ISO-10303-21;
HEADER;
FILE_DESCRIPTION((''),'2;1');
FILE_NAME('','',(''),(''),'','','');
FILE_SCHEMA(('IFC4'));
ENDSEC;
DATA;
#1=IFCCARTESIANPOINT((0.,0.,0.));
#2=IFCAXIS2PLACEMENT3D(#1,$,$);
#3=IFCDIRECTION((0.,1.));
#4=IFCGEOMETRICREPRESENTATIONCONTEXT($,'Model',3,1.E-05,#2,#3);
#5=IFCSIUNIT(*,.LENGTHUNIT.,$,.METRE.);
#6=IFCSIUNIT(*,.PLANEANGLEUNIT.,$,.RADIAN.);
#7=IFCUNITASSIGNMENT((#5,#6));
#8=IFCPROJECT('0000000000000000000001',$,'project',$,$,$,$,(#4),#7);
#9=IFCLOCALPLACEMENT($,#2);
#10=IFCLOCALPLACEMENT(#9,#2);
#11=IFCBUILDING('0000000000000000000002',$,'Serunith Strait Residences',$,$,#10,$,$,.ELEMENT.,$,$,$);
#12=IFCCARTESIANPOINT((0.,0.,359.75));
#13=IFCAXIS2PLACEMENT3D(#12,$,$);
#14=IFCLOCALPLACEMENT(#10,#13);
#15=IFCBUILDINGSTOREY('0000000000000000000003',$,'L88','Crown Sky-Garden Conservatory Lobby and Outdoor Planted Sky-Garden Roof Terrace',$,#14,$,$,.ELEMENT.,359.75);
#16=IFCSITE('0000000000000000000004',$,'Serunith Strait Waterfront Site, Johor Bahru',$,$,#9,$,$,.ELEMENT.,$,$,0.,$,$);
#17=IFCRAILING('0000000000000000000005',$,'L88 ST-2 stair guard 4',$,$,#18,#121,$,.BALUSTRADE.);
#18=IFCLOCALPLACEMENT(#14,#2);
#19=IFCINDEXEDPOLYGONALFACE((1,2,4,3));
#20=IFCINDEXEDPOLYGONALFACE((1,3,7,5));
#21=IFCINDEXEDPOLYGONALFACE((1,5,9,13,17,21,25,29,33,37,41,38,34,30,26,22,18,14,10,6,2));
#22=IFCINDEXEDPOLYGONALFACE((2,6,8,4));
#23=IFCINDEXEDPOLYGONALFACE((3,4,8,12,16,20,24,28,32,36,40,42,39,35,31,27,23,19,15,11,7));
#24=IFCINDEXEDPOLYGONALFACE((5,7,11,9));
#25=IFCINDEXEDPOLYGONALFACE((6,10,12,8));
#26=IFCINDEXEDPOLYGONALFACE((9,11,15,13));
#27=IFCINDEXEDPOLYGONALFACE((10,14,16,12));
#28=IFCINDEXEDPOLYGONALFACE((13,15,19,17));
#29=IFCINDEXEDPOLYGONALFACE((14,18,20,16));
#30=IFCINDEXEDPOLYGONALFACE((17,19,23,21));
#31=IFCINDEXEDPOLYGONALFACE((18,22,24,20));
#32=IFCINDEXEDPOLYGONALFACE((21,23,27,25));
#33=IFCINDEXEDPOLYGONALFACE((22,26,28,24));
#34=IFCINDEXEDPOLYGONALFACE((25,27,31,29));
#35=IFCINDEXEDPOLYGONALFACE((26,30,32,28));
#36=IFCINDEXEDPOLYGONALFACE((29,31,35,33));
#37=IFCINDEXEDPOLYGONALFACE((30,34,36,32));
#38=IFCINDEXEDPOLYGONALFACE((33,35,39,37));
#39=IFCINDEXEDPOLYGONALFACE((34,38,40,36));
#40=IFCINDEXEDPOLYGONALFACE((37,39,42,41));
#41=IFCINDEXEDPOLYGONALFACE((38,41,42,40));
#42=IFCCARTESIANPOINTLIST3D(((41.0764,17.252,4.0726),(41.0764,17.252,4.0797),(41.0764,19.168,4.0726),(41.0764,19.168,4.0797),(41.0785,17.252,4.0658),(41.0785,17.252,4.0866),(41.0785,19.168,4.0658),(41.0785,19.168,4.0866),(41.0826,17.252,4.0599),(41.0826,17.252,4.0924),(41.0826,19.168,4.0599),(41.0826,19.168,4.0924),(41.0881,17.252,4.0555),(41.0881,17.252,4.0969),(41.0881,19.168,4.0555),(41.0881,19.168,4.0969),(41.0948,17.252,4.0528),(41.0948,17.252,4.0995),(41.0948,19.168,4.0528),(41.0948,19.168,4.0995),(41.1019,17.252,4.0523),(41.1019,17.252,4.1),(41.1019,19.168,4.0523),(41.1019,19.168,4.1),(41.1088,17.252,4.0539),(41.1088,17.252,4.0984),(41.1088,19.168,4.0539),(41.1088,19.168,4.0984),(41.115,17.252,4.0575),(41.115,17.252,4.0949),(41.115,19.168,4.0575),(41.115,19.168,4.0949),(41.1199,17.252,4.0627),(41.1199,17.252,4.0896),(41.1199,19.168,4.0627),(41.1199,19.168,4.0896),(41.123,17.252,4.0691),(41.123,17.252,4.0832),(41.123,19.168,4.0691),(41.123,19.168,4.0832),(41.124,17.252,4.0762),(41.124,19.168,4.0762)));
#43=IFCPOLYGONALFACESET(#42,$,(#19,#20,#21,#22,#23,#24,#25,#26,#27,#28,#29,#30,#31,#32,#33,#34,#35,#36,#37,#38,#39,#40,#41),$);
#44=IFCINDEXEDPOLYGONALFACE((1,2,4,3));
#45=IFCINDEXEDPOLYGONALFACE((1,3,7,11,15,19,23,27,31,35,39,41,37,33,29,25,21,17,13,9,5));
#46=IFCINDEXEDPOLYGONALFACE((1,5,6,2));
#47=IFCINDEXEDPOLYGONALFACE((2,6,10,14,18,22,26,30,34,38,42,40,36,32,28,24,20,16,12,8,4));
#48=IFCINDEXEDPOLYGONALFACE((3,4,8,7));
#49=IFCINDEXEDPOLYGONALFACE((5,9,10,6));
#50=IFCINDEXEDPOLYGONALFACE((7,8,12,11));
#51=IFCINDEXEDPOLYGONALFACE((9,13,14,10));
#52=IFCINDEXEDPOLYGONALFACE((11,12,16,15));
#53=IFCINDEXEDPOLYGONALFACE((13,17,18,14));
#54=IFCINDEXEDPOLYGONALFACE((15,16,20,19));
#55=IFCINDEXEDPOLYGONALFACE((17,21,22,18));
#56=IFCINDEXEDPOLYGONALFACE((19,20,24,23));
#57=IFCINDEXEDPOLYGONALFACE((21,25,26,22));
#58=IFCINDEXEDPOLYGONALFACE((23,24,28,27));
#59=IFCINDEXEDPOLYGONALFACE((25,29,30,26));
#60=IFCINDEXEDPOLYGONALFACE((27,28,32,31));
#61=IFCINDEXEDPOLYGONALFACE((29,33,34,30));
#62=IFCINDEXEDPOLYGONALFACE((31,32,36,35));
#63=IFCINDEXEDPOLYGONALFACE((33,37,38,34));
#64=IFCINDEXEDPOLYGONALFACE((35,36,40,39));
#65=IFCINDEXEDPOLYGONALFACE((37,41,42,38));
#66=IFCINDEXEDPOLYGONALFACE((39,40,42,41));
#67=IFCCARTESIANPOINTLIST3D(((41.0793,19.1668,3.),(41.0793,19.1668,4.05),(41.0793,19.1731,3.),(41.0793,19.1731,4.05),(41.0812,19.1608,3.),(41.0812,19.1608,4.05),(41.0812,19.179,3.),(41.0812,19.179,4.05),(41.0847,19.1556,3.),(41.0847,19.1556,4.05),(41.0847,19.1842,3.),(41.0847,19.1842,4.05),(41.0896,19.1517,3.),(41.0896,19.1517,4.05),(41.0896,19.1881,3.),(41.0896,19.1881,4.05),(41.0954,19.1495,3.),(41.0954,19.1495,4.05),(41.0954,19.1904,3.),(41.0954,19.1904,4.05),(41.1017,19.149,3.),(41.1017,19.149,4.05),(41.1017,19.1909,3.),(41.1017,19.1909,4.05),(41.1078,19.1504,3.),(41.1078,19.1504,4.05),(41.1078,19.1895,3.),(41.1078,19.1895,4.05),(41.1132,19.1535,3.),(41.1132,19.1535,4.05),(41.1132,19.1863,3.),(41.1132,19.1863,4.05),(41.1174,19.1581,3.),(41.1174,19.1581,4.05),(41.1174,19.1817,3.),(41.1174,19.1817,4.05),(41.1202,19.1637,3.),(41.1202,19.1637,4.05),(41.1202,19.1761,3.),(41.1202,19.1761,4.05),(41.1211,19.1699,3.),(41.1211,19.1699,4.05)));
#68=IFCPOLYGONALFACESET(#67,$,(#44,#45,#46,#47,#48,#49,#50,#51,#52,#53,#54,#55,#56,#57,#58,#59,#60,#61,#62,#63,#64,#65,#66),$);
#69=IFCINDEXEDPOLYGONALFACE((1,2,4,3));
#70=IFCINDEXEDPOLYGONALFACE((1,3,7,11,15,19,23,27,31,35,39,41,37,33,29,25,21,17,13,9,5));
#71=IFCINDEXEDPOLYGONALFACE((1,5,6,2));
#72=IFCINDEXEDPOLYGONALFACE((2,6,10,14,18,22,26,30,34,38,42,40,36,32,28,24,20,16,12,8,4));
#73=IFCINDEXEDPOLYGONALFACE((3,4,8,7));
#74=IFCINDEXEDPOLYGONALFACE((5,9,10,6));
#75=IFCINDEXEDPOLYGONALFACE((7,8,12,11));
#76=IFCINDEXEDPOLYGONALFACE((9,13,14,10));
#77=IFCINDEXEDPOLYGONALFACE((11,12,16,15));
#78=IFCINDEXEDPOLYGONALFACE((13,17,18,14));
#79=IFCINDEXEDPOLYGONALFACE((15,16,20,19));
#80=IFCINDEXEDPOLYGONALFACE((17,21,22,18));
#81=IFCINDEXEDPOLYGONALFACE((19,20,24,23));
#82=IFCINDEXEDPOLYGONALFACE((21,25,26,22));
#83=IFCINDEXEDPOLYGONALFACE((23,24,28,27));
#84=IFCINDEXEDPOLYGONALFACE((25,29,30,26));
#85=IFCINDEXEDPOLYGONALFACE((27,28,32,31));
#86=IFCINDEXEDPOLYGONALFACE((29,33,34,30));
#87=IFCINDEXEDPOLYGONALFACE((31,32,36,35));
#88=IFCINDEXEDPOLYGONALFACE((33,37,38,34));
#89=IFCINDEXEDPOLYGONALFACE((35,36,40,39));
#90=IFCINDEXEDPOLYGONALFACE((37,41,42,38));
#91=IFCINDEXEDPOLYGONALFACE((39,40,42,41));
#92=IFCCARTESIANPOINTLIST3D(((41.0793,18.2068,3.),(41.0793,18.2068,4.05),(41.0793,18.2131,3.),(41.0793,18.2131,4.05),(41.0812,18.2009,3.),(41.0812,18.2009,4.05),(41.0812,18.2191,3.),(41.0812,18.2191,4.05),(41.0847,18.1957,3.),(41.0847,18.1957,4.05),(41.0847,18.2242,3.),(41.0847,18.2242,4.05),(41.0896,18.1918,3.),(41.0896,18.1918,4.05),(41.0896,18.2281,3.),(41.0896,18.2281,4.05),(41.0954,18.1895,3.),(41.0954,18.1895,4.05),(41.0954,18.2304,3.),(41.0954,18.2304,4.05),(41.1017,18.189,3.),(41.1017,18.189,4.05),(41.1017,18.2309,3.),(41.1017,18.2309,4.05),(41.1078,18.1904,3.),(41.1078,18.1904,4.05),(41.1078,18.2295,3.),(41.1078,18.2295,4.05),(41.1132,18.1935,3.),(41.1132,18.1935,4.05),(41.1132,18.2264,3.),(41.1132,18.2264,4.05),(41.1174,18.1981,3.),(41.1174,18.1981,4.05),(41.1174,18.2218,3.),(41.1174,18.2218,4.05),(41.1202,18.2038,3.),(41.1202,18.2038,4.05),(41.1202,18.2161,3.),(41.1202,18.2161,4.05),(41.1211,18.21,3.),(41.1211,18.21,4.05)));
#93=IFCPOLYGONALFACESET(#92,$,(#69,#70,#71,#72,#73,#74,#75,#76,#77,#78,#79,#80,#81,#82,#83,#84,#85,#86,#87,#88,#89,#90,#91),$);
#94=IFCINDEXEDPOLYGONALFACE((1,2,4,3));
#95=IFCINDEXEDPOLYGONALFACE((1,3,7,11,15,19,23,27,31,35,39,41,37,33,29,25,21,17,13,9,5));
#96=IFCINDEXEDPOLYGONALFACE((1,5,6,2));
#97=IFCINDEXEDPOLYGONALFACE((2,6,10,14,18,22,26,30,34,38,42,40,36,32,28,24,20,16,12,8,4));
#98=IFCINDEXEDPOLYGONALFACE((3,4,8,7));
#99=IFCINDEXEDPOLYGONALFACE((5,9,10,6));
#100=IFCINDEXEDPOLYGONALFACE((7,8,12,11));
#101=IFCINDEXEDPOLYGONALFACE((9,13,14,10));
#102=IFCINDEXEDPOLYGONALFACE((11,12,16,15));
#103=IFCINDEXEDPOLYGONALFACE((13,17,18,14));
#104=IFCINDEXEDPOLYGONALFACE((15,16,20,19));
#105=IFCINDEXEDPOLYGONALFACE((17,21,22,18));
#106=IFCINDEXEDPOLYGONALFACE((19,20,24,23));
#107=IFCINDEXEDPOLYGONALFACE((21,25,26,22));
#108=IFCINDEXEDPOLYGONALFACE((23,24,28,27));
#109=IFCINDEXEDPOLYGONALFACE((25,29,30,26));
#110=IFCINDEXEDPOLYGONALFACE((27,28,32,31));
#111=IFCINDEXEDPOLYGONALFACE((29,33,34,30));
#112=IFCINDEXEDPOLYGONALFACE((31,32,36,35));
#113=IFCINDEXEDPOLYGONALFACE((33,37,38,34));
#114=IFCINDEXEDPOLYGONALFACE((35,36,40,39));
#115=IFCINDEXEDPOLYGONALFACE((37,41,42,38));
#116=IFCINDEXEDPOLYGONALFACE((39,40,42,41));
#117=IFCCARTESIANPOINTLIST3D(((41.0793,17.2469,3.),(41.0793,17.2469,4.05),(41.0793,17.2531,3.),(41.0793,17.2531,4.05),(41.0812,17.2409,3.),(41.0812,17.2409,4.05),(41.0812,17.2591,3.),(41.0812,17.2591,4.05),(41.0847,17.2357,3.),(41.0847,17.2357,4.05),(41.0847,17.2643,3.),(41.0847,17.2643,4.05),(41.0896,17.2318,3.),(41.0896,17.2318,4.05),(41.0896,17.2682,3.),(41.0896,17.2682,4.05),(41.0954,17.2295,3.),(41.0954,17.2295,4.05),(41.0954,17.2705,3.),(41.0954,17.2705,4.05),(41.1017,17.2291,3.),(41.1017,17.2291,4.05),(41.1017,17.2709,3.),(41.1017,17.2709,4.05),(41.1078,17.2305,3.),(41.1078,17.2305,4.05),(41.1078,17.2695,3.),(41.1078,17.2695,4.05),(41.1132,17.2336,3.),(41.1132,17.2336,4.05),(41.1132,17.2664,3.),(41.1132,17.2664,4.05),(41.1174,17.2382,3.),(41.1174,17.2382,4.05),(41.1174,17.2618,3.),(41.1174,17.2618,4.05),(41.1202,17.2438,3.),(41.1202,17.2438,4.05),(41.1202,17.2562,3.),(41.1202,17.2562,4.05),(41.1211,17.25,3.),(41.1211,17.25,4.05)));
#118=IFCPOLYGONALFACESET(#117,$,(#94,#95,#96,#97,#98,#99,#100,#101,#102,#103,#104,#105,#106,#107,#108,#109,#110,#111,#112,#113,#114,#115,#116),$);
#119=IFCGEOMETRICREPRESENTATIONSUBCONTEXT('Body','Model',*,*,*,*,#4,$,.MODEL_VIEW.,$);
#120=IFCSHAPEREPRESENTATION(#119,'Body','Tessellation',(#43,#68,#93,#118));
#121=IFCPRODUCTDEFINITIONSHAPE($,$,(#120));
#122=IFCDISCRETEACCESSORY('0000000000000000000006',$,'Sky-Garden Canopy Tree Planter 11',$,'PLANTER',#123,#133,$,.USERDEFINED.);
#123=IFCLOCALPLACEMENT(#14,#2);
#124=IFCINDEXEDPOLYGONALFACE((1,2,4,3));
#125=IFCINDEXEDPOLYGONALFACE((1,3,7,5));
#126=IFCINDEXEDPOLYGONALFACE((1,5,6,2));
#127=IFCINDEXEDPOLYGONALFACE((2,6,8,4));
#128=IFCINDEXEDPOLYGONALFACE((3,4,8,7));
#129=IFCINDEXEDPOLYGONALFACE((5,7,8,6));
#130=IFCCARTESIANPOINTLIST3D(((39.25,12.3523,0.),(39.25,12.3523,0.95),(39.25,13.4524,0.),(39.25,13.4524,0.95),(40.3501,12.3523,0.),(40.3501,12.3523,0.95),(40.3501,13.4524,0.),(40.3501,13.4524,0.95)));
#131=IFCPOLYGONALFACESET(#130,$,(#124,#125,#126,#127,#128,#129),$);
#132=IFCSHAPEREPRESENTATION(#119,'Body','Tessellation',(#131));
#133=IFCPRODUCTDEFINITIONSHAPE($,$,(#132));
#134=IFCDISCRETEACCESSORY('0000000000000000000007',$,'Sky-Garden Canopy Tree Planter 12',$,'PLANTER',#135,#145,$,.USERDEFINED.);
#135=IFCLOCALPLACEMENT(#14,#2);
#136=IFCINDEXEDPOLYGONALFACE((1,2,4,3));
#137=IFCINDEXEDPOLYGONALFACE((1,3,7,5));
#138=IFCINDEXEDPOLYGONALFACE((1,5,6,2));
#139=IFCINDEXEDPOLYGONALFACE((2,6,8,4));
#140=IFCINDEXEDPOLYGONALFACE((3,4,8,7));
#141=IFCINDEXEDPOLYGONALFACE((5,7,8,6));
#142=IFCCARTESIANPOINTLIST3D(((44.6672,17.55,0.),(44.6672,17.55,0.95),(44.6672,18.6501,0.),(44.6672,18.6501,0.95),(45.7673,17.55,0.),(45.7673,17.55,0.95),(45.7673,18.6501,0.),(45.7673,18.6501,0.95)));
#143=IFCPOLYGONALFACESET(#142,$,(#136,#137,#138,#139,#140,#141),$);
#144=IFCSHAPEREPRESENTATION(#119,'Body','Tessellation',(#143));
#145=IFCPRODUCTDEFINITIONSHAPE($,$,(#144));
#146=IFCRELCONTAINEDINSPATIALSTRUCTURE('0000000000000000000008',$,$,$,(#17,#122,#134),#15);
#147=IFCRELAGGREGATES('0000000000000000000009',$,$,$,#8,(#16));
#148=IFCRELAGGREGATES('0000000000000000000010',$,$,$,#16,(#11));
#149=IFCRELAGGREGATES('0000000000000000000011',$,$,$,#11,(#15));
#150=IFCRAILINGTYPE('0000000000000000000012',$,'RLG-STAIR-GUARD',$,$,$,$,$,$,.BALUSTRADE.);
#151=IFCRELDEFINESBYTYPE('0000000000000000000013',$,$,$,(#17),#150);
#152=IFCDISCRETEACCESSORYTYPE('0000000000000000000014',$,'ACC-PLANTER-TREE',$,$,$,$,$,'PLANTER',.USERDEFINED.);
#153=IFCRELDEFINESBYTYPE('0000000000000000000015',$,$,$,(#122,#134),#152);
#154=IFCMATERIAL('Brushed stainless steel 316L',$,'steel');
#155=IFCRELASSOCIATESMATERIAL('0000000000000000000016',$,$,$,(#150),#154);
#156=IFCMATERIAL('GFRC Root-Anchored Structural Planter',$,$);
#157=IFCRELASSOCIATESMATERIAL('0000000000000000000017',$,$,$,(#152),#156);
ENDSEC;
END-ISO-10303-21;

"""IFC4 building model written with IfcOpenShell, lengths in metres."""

from ifc_helpers import new_model, si_unit, direction, frame, origin, origin_2d, place, context, subcontext, project, spatial, rectangle, circle, extrude, source, transform, mapped, material, type_object, element, save


model = new_model("IFC4")

# Units and contexts
model_context = context("Model", 3, precision=1e-05, world=origin(), true_north=direction((0.0, 1.0)))
body_context = subcontext(model_context, "Body", "Model", "MODEL_VIEW")
ifc_project = project(units=[si_unit("LENGTHUNIT", "METRE"), si_unit("PLANEANGLEUNIT", "RADIAN")], contexts=[model_context])

# Site, building, storey
site_placement = place(None, origin())
site = spatial("IfcSite", under=ifc_project, at=site_placement, Name="Serunith Strait Waterfront Site, Johor Bahru", CompositionType="ELEMENT", RefElevation=0.0)
building_placement = place(site_placement, origin())
building = spatial("IfcBuilding", under=site, at=building_placement, Name="Serunith Strait Residences", CompositionType="ELEMENT")
storey_placement = place(building_placement, frame((0.0, 0.0, 359.75)))
storey = spatial("IfcBuildingStorey", under=building, at=storey_placement, Name="L88", Description="Crown Sky-Garden Conservatory Lobby and Outdoor Planted Sky-Garden Roof Terrace", CompositionType="ELEMENT", Elevation=359.75)

# Railing
ifc_material_1 = material(Name="Brushed stainless steel 316L", Category="steel")
railing_type_1 = type_object("IfcRailingType", Name="RLG-STAIR-GUARD", PredefinedType="BALUSTRADE", material=ifc_material_1)
railing_1_placement = place(storey_placement, frame((41.1001, 19.1699, 3.0)))
element("IfcRailing", 1, at=railing_1_placement, inside=storey, type_object=railing_type_1, Name="L88 ST-2 stair guard 4", PredefinedType="BALUSTRADE", context=body_context, shape_type="SweptSolid", body=[
    extrude(circle(Radius=0.0239, at=origin_2d()), frame((0.0, -0.002, 1.0762), z_axis=(0.0, -1.0, 0.0), x_axis=(1.0, 0.0, 0.0)), (0.0, 0.0, 1.0), 1.916),
    extrude(circle(Radius=0.021, at=origin_2d()), origin(), (0.0, 0.0, 1.0), 1.05),
    extrude(circle(Radius=0.021, at=origin_2d()), frame((0.0, -0.96, 0.0)), (0.0, 0.0, 1.0), 1.05),
    extrude(circle(Radius=0.021, at=origin_2d()), frame((0.0, -1.9199, 0.0)), (0.0, 0.0, 1.0), 1.05),
])

# Discrete accessories
ifc_material_2 = material(Name="GFRC Root-Anchored Structural Planter")
discrete_accessory_type = type_object("IfcDiscreteAccessoryType", Name="ACC-PLANTER-TREE", ElementType="PLANTER", PredefinedType="USERDEFINED", material=ifc_material_2)
shared_shape_1 = source(origin(), body_context, "Body", "SweptSolid", [
    extrude(rectangle(XDim=1.1001, YDim=1.1001, at=origin_2d()), origin(), (0.0, 0.0, 1.0), 0.95),
])
for number, where, z_axis, x_axis, name in (
    (2, (39.8, 12.9023, 0.0), (0.0, 0.0, 1.0), (1.0, 0.0, 0.0), "Sky-Garden Canopy Tree Planter 11"),
    (3, (45.2173, 18.1001, 0.0), (0.0, 0.0, 1.0), (1.0, 0.0, 0.0), "Sky-Garden Canopy Tree Planter 12"),
):
    element("IfcDiscreteAccessory", number, at=place(storey_placement, frame(where, z_axis=z_axis, x_axis=x_axis)), inside=storey, type_object=discrete_accessory_type, Name=name, ObjectType="PLANTER", PredefinedType="USERDEFINED", context=body_context, shape_type="MappedRepresentation", body=[
        mapped(shared_shape_1, transform((0.0, 0.0, 0.0), scale=1.0)),
    ])

save(model, "model.ifc")
